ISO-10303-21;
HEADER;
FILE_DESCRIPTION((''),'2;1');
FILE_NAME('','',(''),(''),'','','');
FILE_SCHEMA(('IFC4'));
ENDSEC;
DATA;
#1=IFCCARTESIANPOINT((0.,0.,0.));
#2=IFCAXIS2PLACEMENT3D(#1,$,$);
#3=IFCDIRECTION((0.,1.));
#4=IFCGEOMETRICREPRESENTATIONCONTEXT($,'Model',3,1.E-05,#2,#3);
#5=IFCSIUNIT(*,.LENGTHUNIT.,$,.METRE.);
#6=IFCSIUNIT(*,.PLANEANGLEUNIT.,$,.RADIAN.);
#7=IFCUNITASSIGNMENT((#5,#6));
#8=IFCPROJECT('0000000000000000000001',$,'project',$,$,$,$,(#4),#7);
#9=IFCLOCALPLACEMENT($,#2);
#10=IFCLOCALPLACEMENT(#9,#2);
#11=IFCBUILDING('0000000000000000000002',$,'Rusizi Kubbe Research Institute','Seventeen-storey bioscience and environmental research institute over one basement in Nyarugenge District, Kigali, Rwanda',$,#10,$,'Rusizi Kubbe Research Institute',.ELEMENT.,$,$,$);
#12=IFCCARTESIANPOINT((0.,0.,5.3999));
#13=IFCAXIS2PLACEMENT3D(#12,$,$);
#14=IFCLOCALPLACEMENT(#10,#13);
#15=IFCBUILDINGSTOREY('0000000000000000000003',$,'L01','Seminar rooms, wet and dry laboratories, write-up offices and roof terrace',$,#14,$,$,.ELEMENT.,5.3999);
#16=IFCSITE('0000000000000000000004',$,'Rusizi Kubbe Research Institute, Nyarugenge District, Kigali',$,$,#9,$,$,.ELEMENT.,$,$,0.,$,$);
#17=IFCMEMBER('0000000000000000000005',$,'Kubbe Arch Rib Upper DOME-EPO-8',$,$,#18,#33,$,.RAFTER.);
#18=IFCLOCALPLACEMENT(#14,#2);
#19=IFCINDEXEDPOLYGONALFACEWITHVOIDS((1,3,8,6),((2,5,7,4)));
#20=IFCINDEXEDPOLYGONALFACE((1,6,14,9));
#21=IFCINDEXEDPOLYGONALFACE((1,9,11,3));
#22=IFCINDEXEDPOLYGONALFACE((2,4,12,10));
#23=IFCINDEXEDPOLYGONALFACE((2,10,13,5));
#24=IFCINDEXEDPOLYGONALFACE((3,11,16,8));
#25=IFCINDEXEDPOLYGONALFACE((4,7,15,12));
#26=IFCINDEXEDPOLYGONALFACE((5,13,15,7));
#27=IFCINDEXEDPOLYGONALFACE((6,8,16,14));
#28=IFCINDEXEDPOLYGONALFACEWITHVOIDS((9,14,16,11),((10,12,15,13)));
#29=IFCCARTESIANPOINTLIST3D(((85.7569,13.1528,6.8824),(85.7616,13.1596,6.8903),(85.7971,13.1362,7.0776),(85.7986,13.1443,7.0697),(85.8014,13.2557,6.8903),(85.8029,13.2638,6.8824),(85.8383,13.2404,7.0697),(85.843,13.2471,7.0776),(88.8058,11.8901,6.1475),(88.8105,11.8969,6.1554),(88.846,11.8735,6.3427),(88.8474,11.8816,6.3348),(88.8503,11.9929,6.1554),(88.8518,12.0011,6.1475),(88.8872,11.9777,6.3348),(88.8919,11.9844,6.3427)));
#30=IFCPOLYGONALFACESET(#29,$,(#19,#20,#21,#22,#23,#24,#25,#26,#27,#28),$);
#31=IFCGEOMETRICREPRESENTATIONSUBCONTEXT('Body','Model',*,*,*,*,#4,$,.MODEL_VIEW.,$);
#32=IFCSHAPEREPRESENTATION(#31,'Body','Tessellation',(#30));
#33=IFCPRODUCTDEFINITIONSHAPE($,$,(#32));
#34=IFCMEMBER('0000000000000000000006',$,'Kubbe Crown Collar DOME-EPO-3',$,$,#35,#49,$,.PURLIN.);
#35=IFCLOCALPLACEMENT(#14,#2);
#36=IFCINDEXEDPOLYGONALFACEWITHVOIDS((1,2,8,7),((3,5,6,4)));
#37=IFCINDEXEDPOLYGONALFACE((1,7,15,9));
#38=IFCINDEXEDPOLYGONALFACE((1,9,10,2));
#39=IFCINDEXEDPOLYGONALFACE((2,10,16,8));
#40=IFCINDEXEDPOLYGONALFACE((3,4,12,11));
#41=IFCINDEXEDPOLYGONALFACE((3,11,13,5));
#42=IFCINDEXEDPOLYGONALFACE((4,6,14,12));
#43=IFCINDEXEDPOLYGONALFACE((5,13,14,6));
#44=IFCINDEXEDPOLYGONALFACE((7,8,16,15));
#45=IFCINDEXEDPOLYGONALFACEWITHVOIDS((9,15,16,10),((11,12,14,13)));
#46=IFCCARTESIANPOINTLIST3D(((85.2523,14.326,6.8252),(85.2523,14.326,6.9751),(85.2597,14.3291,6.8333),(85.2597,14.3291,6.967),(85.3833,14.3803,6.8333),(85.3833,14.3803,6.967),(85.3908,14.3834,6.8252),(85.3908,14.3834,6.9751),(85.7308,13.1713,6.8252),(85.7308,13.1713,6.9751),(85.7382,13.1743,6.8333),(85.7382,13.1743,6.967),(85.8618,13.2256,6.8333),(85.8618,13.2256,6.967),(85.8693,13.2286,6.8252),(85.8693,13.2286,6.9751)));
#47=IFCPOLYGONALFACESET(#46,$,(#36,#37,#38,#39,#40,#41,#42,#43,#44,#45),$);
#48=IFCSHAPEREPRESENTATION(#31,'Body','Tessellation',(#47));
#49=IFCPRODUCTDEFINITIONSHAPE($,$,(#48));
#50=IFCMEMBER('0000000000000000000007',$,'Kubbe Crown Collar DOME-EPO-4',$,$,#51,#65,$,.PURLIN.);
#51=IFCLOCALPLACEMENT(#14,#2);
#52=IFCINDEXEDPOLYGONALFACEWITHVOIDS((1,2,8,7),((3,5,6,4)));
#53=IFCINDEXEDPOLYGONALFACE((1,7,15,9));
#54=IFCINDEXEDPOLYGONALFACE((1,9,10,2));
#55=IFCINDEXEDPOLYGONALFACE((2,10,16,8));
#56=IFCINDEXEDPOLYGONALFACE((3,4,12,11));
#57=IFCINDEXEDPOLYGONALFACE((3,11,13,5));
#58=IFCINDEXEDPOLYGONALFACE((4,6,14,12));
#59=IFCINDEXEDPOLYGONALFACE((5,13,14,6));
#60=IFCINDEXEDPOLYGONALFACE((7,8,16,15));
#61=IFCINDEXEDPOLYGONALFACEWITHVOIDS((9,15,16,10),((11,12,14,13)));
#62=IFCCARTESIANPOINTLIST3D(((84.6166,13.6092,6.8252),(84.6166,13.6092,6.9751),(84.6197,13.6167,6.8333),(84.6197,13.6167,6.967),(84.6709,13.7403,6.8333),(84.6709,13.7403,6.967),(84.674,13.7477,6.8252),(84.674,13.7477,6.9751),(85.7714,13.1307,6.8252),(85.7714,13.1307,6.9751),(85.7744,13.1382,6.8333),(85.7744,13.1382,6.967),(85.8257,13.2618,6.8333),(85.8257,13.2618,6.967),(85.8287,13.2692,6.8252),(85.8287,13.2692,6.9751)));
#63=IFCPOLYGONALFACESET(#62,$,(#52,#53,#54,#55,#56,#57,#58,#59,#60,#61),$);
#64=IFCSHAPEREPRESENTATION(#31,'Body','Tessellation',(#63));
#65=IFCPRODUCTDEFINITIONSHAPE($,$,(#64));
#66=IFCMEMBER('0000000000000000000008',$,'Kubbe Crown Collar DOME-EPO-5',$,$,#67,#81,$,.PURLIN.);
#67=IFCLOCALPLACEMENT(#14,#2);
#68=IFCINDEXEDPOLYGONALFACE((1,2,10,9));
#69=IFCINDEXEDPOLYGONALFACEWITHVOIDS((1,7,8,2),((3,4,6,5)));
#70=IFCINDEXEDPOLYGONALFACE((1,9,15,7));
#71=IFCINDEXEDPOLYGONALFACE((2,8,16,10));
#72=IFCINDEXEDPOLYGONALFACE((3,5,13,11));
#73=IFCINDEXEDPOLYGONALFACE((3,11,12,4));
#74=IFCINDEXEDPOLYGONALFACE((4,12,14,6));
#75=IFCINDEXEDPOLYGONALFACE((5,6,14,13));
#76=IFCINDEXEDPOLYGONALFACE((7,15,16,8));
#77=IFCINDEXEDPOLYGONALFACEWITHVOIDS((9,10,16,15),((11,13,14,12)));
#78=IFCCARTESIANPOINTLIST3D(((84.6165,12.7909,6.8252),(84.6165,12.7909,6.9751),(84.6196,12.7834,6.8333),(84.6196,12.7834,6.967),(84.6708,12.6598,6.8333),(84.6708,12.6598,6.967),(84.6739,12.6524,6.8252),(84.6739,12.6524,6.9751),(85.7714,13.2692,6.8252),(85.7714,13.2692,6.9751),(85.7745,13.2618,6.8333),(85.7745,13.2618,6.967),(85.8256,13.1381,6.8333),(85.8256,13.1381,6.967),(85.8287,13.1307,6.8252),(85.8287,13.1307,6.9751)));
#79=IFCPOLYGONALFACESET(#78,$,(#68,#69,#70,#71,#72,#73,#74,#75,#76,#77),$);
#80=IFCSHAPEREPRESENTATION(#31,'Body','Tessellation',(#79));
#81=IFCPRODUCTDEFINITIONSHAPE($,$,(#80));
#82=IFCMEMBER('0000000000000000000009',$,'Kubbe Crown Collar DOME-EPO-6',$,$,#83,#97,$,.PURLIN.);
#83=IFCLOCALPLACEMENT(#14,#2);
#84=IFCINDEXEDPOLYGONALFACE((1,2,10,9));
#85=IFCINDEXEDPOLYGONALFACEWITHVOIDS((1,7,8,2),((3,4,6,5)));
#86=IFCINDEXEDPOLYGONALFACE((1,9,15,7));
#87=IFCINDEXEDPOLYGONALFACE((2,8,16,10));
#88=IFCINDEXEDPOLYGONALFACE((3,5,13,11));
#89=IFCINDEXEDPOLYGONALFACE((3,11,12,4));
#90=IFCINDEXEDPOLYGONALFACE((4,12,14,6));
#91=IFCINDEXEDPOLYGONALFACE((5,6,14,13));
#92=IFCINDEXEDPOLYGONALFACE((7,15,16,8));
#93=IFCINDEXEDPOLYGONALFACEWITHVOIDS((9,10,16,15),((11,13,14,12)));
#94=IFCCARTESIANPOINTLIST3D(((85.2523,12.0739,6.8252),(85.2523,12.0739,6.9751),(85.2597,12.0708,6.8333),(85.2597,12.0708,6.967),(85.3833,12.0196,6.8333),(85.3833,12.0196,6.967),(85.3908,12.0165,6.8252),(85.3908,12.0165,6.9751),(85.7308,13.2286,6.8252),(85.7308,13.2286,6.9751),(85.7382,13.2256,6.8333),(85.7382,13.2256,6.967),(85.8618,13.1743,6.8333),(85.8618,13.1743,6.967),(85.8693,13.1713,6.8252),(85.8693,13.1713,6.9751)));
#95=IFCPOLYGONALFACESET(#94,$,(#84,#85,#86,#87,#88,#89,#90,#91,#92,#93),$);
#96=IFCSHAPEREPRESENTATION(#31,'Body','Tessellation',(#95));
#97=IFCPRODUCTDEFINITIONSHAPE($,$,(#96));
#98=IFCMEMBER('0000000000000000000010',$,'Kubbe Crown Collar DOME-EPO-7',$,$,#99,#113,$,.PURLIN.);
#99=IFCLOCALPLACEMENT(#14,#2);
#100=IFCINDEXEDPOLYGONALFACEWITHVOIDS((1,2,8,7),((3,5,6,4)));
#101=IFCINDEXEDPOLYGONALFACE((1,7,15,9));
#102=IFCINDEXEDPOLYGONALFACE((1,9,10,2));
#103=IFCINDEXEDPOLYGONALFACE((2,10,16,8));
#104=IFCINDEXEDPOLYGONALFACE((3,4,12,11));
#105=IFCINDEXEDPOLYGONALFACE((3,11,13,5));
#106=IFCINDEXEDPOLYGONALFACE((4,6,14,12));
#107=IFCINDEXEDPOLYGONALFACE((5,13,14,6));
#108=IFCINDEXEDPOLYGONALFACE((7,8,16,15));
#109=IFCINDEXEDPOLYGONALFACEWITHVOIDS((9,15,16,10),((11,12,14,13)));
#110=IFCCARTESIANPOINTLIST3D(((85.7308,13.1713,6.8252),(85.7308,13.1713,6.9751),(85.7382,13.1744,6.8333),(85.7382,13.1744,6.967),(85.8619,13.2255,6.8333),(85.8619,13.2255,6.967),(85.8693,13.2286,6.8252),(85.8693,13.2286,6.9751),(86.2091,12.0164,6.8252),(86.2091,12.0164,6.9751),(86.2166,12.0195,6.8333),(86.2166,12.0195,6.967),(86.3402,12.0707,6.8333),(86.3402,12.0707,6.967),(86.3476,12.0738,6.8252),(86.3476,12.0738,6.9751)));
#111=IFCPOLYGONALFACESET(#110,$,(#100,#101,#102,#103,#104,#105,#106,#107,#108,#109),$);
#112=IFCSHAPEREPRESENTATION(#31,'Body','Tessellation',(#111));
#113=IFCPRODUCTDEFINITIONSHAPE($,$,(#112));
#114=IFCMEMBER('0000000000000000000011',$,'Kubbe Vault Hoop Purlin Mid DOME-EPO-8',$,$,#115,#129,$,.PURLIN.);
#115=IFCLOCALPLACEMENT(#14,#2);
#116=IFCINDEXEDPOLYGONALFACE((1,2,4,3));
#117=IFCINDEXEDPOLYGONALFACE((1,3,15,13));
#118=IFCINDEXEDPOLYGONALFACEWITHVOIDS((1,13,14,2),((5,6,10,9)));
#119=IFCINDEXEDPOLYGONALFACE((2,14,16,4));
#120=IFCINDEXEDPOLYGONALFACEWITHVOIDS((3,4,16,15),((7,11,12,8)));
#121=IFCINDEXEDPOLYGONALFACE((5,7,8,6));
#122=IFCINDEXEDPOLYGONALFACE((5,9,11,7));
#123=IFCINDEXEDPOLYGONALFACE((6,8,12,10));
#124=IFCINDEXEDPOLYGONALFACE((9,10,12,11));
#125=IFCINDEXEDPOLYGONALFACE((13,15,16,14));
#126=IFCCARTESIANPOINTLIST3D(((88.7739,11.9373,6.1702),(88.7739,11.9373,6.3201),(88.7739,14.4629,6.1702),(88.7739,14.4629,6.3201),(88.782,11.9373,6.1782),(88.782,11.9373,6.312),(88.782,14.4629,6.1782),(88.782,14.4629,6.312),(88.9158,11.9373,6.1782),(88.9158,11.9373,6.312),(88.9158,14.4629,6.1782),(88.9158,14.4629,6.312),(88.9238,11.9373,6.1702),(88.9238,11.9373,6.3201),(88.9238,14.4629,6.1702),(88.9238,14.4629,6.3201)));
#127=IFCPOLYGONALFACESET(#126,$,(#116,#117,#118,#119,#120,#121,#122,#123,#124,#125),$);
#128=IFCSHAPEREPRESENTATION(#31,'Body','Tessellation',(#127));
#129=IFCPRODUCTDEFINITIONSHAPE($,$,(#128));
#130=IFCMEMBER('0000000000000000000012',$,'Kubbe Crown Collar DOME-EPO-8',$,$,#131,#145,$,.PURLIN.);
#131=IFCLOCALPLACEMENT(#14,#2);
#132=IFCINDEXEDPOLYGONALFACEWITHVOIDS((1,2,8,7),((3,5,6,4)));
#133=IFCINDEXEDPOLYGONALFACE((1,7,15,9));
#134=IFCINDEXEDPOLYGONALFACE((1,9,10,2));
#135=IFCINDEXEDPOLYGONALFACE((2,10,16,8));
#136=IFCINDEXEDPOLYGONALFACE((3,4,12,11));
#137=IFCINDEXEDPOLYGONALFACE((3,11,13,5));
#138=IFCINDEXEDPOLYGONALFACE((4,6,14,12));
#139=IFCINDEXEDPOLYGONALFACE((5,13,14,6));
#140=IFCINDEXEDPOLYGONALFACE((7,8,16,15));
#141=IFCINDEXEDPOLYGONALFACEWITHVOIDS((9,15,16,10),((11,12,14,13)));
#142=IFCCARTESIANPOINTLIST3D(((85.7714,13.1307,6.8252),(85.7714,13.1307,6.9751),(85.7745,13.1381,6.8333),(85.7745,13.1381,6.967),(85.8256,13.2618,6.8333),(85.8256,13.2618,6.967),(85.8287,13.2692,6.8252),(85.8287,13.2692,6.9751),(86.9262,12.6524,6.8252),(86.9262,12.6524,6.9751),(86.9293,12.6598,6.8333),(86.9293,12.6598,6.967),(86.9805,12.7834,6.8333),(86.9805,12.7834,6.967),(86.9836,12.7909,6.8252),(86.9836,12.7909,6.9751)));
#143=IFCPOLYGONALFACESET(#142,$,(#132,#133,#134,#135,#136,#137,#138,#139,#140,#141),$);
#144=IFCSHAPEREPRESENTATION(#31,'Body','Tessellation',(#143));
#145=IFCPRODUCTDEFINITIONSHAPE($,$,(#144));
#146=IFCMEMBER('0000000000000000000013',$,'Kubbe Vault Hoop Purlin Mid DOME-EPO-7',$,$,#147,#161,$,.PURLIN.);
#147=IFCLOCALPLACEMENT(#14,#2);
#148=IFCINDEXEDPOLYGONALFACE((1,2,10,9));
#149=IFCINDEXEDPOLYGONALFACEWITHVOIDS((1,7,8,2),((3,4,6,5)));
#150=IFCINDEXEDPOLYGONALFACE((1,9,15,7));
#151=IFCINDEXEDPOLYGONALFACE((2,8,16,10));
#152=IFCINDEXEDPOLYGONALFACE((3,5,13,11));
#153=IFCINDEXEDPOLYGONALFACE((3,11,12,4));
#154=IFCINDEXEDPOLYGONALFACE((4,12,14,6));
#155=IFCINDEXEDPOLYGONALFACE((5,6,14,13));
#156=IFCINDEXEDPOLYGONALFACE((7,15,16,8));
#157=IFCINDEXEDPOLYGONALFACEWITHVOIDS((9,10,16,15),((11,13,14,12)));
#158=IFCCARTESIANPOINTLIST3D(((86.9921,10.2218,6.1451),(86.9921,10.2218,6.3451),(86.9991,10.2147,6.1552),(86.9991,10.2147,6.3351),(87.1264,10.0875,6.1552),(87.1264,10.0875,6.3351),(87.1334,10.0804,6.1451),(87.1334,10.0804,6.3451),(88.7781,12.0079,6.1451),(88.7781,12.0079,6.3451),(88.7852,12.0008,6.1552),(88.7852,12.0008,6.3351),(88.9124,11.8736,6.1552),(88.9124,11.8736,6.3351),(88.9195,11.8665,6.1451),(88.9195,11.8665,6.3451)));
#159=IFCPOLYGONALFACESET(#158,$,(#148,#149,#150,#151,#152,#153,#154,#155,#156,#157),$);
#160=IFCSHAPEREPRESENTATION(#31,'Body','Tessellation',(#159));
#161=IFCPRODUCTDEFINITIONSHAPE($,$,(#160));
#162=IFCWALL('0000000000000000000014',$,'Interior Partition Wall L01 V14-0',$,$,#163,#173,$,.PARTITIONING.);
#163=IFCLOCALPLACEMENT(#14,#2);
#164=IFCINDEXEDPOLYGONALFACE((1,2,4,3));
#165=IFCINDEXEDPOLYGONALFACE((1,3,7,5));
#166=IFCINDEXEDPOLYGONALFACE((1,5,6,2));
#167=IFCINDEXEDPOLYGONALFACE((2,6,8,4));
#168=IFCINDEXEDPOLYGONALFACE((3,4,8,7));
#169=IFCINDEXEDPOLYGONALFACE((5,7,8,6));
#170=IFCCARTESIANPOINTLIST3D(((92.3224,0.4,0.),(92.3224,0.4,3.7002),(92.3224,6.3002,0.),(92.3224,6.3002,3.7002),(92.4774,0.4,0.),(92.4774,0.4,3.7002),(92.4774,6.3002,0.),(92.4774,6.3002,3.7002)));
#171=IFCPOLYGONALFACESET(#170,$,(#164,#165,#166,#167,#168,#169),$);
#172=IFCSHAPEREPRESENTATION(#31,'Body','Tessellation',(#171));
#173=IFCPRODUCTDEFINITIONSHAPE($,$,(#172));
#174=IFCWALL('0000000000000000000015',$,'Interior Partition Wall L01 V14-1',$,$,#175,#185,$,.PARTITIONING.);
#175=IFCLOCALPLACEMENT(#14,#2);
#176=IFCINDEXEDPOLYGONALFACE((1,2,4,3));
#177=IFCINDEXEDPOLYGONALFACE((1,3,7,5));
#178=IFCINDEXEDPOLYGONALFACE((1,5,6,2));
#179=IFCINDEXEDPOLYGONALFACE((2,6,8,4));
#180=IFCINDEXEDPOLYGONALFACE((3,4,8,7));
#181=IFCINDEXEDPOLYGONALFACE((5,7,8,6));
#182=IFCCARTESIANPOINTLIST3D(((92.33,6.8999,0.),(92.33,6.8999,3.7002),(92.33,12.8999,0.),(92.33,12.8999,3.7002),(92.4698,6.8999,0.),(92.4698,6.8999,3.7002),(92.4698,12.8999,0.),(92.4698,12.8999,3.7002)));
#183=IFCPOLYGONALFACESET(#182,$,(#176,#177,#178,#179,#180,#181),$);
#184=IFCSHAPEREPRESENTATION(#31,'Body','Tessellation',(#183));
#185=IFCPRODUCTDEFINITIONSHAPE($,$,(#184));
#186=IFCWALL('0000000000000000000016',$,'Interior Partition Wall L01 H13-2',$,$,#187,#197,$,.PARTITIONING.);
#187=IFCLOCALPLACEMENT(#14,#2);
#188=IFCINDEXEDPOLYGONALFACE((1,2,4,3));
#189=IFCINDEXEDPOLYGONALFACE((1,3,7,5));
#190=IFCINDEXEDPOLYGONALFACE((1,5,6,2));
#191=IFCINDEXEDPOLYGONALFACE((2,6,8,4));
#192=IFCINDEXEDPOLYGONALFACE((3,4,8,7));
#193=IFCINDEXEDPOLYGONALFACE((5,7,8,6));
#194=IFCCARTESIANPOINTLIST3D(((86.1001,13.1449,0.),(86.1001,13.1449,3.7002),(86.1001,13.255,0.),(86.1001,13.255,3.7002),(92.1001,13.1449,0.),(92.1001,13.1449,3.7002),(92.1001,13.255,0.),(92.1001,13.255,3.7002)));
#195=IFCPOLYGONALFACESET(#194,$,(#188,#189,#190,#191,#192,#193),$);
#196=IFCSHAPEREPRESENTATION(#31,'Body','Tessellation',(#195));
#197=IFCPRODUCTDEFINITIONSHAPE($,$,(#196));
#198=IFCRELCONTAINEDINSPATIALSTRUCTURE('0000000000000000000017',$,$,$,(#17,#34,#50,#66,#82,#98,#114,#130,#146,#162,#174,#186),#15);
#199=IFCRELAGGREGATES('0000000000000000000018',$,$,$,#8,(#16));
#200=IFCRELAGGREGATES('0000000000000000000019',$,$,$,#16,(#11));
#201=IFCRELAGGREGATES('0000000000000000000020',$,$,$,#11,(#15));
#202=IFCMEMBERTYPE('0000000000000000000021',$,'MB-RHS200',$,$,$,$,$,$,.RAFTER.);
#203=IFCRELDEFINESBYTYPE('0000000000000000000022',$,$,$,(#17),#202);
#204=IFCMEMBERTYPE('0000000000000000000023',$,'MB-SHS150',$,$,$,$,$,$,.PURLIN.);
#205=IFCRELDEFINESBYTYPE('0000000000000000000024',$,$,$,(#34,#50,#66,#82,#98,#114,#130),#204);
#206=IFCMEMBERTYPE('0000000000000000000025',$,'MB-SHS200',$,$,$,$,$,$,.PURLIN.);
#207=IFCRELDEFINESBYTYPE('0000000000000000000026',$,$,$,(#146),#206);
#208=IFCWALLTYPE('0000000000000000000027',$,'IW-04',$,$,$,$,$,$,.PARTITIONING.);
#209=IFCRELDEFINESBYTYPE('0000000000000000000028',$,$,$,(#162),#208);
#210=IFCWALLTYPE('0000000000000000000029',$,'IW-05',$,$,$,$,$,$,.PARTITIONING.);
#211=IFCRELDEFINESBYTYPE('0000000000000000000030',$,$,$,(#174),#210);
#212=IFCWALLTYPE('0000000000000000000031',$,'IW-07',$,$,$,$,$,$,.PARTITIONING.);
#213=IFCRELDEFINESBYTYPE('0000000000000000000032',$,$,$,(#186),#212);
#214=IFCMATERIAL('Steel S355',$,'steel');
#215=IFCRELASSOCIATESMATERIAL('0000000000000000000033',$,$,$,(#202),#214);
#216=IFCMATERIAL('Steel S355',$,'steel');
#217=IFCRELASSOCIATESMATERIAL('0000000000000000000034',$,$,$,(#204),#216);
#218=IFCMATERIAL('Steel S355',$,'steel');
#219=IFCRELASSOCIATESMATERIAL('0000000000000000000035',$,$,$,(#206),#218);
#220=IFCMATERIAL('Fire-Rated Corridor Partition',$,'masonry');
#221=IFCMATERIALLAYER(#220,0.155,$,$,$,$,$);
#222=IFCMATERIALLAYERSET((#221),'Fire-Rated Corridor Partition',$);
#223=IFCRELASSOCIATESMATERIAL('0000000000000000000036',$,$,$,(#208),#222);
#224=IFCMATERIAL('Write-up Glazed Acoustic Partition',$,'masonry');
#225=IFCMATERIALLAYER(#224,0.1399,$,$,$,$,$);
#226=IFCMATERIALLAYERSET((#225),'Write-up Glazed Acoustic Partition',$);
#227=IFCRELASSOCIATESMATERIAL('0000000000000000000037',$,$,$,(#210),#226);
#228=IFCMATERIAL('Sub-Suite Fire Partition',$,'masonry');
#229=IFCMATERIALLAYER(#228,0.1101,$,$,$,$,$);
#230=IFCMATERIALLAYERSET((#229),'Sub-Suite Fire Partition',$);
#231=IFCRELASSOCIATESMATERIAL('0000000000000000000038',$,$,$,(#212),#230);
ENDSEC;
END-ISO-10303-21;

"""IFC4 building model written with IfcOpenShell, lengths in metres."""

from ifc_helpers import new_model, si_unit, direction, frame, frame_2d, origin, origin_2d, place, context, subcontext, project, spatial, rectangle, hollow_rectangle, extrude, material, layer, layer_set, material_profile, profile_set, type_object, element, save


model = new_model("IFC4")

# Units and contexts
model_context = context("Model", 3, precision=1e-05, world=origin(), true_north=direction((0.0, 1.0)))
body_context = subcontext(model_context, "Body", "Model", "MODEL_VIEW")
ifc_project = project(units=[si_unit("LENGTHUNIT", "METRE"), si_unit("PLANEANGLEUNIT", "RADIAN")], contexts=[model_context])

# Site, building, storey
site_placement = place(None, origin())
site = spatial("IfcSite", under=ifc_project, at=site_placement, Name="Rusizi Kubbe Research Institute, Nyarugenge District, Kigali", CompositionType="ELEMENT", RefElevation=0.0)
building_placement = place(site_placement, origin())
building = spatial("IfcBuilding", under=site, at=building_placement, Name="Rusizi Kubbe Research Institute", Description="Seventeen-storey bioscience and environmental research institute over one basement in Nyarugenge District, Kigali, Rwanda", LongName="Rusizi Kubbe Research Institute", CompositionType="ELEMENT")
storey_placement = place(building_placement, frame((0.0, 0.0, 5.3999)))
storey = spatial("IfcBuildingStorey", under=building, at=storey_placement, Name="L01", Description="Seminar rooms, wet and dry laboratories, write-up offices and roof terrace", CompositionType="ELEMENT", Elevation=5.3999)

# Members
ifc_material_1 = material(Name="Steel S355", Category="steel")
ifc_material_profile_1 = material_profile(ifc_material_1, hollow_rectangle(XDim=0.1201, YDim=0.2, WallThickness=0.0081, at=origin_2d()), Name="RHS 200x120x8.0")
ifc_profile_set_1 = profile_set([ifc_material_profile_1], Name="Steel S355")
member_type_1 = type_object("IfcMemberType", Name="MB-RHS200", PredefinedType="RAFTER", material=ifc_profile_set_1)
member_1_placement = place(storey_placement, frame((88.8489, 11.9373, 6.2451), z_axis=(-0.901808, 0.373491, 0.217364), x_axis=(-0.382639, -0.923898, 0.0)))
element("IfcMember", 1, at=member_1_placement, inside=storey, type_object=member_type_1, Name="Kubbe Arch Rib Upper DOME-EPO-8", PredefinedType="RAFTER", context=body_context, shape_type="SweptSolid", body=[
    extrude(hollow_rectangle(XDim=0.1201, YDim=0.2, WallThickness=0.0081, at=origin_2d()), origin(), (0.0, 0.0, 1.0), 3.3809),
])
ifc_material_2 = material(Name="Steel S355", Category="steel")
ifc_material_profile_2 = material_profile(ifc_material_2, hollow_rectangle(XDim=0.1499, YDim=0.1499, WallThickness=0.0081, at=origin_2d()), Name="SHS 150x150x8.0")
ifc_profile_set_2 = profile_set([ifc_material_profile_2], Name="Steel S355")
member_type_2 = type_object("IfcMemberType", Name="MB-SHS150", PredefinedType="PURLIN", material=ifc_profile_set_2)
for number, where, z_axis, x_axis, name in (
    (2, (85.8, 13.2, 6.9001), (-0.382812, 0.923826, 0.0), (-0.923826, -0.382812, 0.0), "Kubbe Crown Collar DOME-EPO-3"),
    (3, (85.8, 13.2, 6.9001), (-0.923826, 0.382812, 0.0), (-0.382812, -0.923826, 0.0), "Kubbe Crown Collar DOME-EPO-4"),
    (4, (85.8, 13.2, 6.9001), (-0.923895, -0.382645, 0.0), (0.382645, -0.923895, 0.0), "Kubbe Crown Collar DOME-EPO-5"),
    (5, (85.8, 13.2, 6.9001), (-0.382812, -0.923826, 0.0), (0.923826, -0.382812, 0.0), "Kubbe Crown Collar DOME-EPO-6"),
    (6, (85.8, 13.2, 6.9001), (0.382645, -0.923895, 0.0), (0.923895, 0.382645, 0.0), "Kubbe Crown Collar DOME-EPO-7"),
):
    element("IfcMember", number, at=place(storey_placement, frame(where, z_axis=z_axis, x_axis=x_axis)), inside=storey, type_object=member_type_2, Name=name, PredefinedType="PURLIN", context=body_context, shape_type="SweptSolid", body=[
        extrude(hollow_rectangle(XDim=0.1499, YDim=0.1499, WallThickness=0.0081, at=origin_2d()), origin(), (0.0, 0.0, 1.0), 1.25),
    ])
member_2_placement = place(storey_placement, frame((88.8489, 11.9373, 6.2451), z_axis=(0.0, 1.0, 0.0), x_axis=(-1.0, 0.0, 0.0)))
element("IfcMember", 7, at=member_2_placement, inside=storey, type_object=member_type_2, Name="Kubbe Vault Hoop Purlin Mid DOME-EPO-8", PredefinedType="PURLIN", context=body_context, shape_type="SweptSolid", body=[
    extrude(hollow_rectangle(XDim=0.1499, YDim=0.1499, WallThickness=0.0081, at=origin_2d()), origin(), (0.0, 0.0, 1.0), 2.5256),
])
member_3_placement = place(storey_placement, frame((85.8, 13.2, 6.9001), z_axis=(0.923895, -0.382645, 0.0), x_axis=(0.382645, 0.923895, 0.0)))
element("IfcMember", 8, at=member_3_placement, inside=storey, type_object=member_type_2, Name="Kubbe Crown Collar DOME-EPO-8", PredefinedType="PURLIN", context=body_context, shape_type="SweptSolid", body=[
    extrude(hollow_rectangle(XDim=0.1499, YDim=0.1499, WallThickness=0.0081, at=origin_2d()), origin(), (0.0, 0.0, 1.0), 1.25),
])
ifc_material_3 = material(Name="Steel S355", Category="steel")
ifc_material_profile_3 = material_profile(ifc_material_3, hollow_rectangle(XDim=0.2, YDim=0.2, WallThickness=0.01, at=origin_2d()), Name="SHS 200x200x10.0")
ifc_profile_set_3 = profile_set([ifc_material_profile_3], Name="Steel S355")
member_type_3 = type_object("IfcMemberType", Name="MB-SHS200", PredefinedType="PURLIN", material=ifc_profile_set_3)
member_4_placement = place(storey_placement, frame((87.0627, 10.1511, 6.2451), z_axis=(0.707107, 0.707107, 0.0), x_axis=(-0.707107, 0.707107, 0.0)))
element("IfcMember", 9, at=member_4_placement, inside=storey, type_object=member_type_3, Name="Kubbe Vault Hoop Purlin Mid DOME-EPO-7", PredefinedType="PURLIN", context=body_context, shape_type="SweptSolid", body=[
    extrude(hollow_rectangle(XDim=0.2, YDim=0.2, WallThickness=0.01, at=origin_2d()), origin(), (0.0, 0.0, 1.0), 2.5259),
])

# Walls
ifc_material_4 = material(Name="Fire-Rated Corridor Partition", Category="masonry")
ifc_layer_1 = layer(ifc_material_4, 0.155)
ifc_layer_set_1 = layer_set([ifc_layer_1], Name="Fire-Rated Corridor Partition")
wall_type_1 = type_object("IfcWallType", Name="IW-04", PredefinedType="PARTITIONING", material=ifc_layer_set_1)
wall_1_placement = place(storey_placement, frame((92.3999, 0.3999, 0.0), z_axis=(0.0, 0.0, 1.0), x_axis=(0.0, 1.0, 0.0)))
element("IfcWall", 10, at=wall_1_placement, inside=storey, type_object=wall_type_1, Name="Interior Partition Wall L01 V14-0", PredefinedType="PARTITIONING", context=body_context, shape_type="SweptSolid", body=[
    extrude(rectangle(XDim=5.9001, YDim=0.155, at=frame_2d((2.9502, 0.0))), origin(), (0.0, 0.0, 1.0), 3.7002),
])
ifc_material_5 = material(Name="Write-up Glazed Acoustic Partition", Category="masonry")
ifc_layer_2 = layer(ifc_material_5, 0.1399)
ifc_layer_set_2 = layer_set([ifc_layer_2], Name="Write-up Glazed Acoustic Partition")
wall_type_2 = type_object("IfcWallType", Name="IW-05", PredefinedType="PARTITIONING", material=ifc_layer_set_2)
wall_2_placement = place(storey_placement, frame((92.3999, 6.8999, 0.0), z_axis=(0.0, 0.0, 1.0), x_axis=(0.0, 1.0, 0.0)))
element("IfcWall", 11, at=wall_2_placement, inside=storey, type_object=wall_type_2, Name="Interior Partition Wall L01 V14-1", PredefinedType="PARTITIONING", context=body_context, shape_type="SweptSolid", body=[
    extrude(rectangle(XDim=6.0, YDim=0.1399, at=frame_2d((3.0, 0.0))), origin(), (0.0, 0.0, 1.0), 3.7002),
])
ifc_material_6 = material(Name="Sub-Suite Fire Partition", Category="masonry")
ifc_layer_3 = layer(ifc_material_6, 0.1101)
ifc_layer_set_3 = layer_set([ifc_layer_3], Name="Sub-Suite Fire Partition")
wall_type_3 = type_object("IfcWallType", Name="IW-07", PredefinedType="PARTITIONING", material=ifc_layer_set_3)
wall_3_placement = place(storey_placement, frame((86.1001, 13.2, 0.0), z_axis=(0.0, 0.0, 1.0), x_axis=(1.0, 0.0, 0.0)))
element("IfcWall", 12, at=wall_3_placement, inside=storey, type_object=wall_type_3, Name="Interior Partition Wall L01 H13-2", PredefinedType="PARTITIONING", context=body_context, shape_type="SweptSolid", body=[
    extrude(rectangle(XDim=6.0, YDim=0.1101, at=frame_2d((3.0, 0.0))), origin(), (0.0, 0.0, 1.0), 3.7002),
])

save(model, "model.ifc")
